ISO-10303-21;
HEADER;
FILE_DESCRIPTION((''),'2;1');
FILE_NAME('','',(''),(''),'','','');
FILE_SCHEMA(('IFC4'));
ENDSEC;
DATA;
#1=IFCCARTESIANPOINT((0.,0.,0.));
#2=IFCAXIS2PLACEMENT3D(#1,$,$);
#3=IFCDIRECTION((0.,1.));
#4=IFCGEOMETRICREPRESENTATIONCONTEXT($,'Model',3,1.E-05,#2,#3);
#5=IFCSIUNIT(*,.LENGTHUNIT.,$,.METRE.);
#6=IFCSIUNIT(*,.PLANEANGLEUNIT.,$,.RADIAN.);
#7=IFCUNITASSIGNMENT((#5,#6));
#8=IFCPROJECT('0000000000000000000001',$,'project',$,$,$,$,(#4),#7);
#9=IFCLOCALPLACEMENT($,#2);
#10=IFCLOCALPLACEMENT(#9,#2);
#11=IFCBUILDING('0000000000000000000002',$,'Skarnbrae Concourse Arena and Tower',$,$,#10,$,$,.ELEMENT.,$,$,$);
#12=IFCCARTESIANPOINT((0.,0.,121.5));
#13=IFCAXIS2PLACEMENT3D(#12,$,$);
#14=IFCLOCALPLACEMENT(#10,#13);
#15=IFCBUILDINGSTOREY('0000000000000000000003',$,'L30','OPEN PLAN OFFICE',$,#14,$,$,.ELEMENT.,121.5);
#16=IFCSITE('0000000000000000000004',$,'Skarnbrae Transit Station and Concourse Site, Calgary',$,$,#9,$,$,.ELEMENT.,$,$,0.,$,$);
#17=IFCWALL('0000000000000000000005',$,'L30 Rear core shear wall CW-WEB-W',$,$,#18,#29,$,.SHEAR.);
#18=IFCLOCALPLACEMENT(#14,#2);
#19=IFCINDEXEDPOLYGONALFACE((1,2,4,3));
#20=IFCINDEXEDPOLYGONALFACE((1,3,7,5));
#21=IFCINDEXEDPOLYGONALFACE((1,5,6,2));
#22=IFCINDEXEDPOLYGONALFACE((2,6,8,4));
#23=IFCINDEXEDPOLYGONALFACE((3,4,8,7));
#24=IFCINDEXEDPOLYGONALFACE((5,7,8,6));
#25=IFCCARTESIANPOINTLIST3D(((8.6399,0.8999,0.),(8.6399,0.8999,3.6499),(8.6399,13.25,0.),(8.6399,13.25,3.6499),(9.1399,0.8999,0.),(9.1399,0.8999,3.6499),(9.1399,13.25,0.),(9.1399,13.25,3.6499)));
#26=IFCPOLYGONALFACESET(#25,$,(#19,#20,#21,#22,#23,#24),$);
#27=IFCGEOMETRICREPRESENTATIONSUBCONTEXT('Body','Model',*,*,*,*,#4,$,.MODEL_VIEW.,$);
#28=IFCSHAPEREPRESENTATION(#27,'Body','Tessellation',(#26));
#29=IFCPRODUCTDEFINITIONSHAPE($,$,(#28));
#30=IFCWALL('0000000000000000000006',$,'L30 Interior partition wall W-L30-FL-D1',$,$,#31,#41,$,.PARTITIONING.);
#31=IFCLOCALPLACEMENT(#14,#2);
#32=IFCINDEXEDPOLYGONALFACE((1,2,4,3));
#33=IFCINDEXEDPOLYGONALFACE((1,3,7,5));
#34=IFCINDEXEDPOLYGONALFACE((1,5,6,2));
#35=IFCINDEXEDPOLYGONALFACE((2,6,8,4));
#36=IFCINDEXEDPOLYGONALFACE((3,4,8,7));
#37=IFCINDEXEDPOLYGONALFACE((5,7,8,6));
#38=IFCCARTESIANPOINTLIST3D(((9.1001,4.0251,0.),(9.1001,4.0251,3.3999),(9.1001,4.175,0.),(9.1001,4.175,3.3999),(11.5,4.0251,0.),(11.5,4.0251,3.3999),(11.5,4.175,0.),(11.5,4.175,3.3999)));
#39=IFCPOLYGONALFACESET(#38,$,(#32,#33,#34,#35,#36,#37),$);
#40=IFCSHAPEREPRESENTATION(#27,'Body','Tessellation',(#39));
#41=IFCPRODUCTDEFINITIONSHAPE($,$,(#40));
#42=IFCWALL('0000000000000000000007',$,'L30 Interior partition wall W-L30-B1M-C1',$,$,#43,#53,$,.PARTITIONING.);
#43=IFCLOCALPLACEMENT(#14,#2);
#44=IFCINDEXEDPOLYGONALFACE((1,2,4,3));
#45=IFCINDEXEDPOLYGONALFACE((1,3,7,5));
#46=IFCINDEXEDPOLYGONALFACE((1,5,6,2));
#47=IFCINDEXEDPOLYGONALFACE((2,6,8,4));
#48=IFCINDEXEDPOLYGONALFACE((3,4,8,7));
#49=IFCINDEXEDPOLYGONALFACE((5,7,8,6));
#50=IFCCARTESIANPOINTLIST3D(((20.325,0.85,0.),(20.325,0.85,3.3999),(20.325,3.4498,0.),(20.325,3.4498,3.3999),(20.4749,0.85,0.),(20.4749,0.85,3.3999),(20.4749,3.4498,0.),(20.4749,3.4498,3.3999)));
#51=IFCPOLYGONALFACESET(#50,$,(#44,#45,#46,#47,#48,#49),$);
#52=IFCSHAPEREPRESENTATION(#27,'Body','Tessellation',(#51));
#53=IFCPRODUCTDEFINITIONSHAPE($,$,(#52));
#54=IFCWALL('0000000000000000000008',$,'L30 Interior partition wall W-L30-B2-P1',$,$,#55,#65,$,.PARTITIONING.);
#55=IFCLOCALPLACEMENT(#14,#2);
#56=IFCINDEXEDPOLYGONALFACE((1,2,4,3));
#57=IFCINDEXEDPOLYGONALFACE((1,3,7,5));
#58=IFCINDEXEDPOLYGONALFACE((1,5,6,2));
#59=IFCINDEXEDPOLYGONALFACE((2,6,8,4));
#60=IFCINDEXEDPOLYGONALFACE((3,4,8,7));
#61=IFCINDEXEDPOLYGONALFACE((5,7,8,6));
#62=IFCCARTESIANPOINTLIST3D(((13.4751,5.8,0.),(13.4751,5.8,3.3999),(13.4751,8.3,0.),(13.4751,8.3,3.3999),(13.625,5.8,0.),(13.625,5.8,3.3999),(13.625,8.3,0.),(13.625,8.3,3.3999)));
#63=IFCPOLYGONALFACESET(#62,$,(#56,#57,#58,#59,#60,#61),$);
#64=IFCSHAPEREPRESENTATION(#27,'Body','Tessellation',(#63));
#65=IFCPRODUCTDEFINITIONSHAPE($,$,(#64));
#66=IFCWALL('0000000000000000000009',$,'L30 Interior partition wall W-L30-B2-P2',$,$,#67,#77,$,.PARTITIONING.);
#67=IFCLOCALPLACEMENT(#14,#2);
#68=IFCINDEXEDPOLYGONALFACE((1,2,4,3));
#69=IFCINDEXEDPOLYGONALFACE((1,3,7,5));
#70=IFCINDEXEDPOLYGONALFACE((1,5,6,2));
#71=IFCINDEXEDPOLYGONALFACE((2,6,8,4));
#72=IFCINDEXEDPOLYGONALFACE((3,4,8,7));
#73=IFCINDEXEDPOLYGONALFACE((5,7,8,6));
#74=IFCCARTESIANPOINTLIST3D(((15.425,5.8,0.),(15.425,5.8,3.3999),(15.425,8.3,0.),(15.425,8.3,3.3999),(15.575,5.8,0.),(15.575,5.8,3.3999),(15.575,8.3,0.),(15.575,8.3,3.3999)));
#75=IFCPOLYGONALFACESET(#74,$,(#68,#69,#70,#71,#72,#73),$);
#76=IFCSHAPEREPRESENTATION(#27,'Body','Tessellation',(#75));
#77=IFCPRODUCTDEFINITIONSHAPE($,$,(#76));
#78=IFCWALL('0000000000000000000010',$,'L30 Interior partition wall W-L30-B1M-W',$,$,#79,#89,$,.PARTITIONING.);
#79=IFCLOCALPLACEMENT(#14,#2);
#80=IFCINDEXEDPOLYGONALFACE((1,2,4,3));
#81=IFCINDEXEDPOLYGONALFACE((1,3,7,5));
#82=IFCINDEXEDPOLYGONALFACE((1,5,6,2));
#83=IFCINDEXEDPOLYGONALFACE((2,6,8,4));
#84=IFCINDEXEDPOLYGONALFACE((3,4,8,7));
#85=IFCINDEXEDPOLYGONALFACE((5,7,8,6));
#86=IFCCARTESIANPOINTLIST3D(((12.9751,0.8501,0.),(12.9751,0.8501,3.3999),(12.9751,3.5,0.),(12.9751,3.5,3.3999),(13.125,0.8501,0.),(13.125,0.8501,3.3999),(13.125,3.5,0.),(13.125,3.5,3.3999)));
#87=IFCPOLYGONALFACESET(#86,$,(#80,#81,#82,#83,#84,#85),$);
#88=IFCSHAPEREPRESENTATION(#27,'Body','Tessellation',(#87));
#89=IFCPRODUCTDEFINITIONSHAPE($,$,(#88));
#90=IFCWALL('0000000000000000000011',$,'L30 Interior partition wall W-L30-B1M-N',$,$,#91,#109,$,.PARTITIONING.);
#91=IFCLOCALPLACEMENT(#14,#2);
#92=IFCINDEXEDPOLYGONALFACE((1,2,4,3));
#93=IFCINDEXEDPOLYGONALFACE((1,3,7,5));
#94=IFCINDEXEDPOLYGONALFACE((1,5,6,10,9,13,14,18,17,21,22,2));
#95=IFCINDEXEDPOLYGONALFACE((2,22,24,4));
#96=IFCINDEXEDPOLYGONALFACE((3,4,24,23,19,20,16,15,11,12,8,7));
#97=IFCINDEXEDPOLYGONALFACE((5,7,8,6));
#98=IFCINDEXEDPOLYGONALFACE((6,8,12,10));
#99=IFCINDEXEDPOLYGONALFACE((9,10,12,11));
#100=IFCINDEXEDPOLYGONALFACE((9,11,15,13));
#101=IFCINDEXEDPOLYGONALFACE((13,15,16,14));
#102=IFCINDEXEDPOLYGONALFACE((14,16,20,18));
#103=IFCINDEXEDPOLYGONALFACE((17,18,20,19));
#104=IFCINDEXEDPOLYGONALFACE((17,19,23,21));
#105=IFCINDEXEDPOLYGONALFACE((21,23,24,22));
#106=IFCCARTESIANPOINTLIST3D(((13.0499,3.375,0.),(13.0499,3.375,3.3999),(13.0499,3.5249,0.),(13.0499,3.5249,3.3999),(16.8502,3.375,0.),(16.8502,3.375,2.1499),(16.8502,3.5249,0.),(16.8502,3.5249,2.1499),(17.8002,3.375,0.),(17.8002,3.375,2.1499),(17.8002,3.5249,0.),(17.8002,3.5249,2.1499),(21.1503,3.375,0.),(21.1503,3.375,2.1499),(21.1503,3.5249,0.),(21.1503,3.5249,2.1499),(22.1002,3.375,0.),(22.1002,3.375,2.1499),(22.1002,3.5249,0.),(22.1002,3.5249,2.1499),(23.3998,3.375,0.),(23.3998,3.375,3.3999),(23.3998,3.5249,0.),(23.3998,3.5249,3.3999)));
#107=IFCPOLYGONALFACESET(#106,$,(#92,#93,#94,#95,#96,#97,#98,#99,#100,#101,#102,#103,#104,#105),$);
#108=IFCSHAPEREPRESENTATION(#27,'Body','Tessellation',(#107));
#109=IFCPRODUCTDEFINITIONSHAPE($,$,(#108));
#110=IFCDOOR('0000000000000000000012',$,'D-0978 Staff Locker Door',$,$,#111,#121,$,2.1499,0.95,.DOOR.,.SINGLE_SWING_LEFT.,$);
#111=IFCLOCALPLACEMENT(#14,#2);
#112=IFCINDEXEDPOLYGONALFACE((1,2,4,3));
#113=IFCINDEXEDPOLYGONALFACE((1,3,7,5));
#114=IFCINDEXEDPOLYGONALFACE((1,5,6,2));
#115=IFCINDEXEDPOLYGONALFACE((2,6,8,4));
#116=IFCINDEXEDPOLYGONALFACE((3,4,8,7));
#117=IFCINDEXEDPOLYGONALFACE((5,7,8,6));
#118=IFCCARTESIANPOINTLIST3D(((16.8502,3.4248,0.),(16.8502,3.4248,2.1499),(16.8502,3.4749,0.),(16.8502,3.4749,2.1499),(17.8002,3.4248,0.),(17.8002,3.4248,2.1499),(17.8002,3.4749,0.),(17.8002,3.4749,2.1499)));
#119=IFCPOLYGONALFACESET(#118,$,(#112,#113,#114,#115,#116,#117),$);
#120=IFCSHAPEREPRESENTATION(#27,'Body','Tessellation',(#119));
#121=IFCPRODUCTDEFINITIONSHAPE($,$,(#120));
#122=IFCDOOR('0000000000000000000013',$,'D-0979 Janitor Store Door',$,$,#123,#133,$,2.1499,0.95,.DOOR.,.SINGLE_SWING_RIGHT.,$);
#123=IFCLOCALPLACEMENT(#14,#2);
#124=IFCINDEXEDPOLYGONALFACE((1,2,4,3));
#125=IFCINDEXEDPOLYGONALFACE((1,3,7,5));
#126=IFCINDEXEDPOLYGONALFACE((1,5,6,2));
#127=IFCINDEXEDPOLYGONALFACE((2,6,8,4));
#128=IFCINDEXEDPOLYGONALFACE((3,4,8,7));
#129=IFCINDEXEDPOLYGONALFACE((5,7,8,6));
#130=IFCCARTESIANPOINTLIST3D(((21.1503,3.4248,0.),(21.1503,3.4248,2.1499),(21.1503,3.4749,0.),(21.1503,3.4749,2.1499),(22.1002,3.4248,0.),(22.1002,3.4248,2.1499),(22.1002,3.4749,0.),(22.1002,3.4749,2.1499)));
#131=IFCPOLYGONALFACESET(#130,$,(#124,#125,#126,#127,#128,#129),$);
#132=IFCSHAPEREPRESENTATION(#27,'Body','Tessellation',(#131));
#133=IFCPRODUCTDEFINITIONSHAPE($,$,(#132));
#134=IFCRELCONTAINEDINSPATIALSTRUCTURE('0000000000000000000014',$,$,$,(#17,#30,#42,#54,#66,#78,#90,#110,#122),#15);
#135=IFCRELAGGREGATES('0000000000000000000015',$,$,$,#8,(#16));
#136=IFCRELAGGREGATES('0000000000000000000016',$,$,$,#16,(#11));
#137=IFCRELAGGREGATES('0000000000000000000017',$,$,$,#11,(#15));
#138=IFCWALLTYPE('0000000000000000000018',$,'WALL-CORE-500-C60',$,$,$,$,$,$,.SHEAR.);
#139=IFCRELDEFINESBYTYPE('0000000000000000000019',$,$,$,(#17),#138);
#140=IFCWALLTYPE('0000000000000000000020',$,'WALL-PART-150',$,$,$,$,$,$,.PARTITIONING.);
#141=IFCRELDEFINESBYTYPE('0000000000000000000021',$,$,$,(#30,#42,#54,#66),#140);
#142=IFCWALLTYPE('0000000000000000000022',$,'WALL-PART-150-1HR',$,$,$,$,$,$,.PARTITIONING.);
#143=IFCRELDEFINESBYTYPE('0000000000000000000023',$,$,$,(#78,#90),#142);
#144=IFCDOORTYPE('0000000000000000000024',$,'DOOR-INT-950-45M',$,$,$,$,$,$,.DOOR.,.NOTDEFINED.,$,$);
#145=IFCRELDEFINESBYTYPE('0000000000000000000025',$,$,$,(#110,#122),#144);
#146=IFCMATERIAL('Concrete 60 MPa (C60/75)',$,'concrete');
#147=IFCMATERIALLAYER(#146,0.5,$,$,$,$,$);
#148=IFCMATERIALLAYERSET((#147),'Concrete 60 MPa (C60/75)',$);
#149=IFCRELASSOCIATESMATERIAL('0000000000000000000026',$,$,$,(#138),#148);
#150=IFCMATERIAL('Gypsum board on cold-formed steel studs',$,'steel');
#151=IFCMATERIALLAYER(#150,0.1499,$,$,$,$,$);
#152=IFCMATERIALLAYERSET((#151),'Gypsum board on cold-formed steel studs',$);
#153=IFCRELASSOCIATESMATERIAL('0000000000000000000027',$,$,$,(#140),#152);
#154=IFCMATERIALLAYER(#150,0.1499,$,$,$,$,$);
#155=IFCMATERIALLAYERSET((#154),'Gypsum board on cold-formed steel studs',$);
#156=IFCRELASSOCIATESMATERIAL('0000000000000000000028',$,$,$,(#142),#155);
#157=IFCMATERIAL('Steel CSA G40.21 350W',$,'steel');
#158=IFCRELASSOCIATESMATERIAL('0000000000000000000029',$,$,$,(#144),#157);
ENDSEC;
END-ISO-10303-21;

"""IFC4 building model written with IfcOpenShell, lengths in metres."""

from ifc_helpers import new_model, si_unit, direction, frame, frame_2d, origin, place, context, subcontext, project, spatial, rectangle, extrude, source, transform, mapped, material, layer, layer_set, type_object, element, fill, save


model = new_model("IFC4")

# Units and contexts
model_context = context("Model", 3, precision=1e-05, world=origin(), true_north=direction((0.0, 1.0)))
body_context = subcontext(model_context, "Body", "Model", "MODEL_VIEW")
ifc_project = project(units=[si_unit("LENGTHUNIT", "METRE"), si_unit("PLANEANGLEUNIT", "RADIAN")], contexts=[model_context])

# Site, building, storey
site_placement = place(None, origin())
site = spatial("IfcSite", under=ifc_project, at=site_placement, Name="Skarnbrae Transit Station and Concourse Site, Calgary", CompositionType="ELEMENT", RefElevation=0.0)
building_placement = place(site_placement, origin())
building = spatial("IfcBuilding", under=site, at=building_placement, Name="Skarnbrae Concourse Arena and Tower", CompositionType="ELEMENT")
storey_placement = place(building_placement, frame((0.0, 0.0, 121.5)))
storey = spatial("IfcBuildingStorey", under=building, at=storey_placement, Name="L30", Description="OPEN PLAN OFFICE", CompositionType="ELEMENT", Elevation=121.5)

# Wall
ifc_material_1 = material(Name="Concrete 60 MPa (C60/75)", Category="concrete")
ifc_layer_1 = layer(ifc_material_1, 0.5)
ifc_layer_set_1 = layer_set([ifc_layer_1], Name="Concrete 60 MPa (C60/75)")
wall_type_1 = type_object("IfcWallType", Name="WALL-CORE-500-C60", PredefinedType="SHEAR", material=ifc_layer_set_1)
shared_shape_1 = source(origin(), body_context, "Body", "SweptSolid", [
    extrude(rectangle(XDim=12.3501, YDim=0.5, at=frame_2d((6.175, 0.0))), origin(), (0.0, 0.0, 1.0), 3.6499),
])
wall_1_placement = place(storey_placement, frame((8.8899, 0.8999, 0.0), z_axis=(0.0, 0.0, 1.0), x_axis=(0.0, 1.0, 0.0)))
element("IfcWall", 1, at=wall_1_placement, inside=storey, type_object=wall_type_1, Name="L30 Rear core shear wall CW-WEB-W", PredefinedType="SHEAR", context=body_context, shape_type="MappedRepresentation", body=[
    mapped(shared_shape_1, transform((0.0, 0.0, 0.0))),
])

# Shared definitions
ifc_material_2 = material(Name="Gypsum board on cold-formed steel studs", Category="steel")
ifc_material_3 = material(Name="Steel CSA G40.21 350W", Category="steel")

# Walls
ifc_layer_2 = layer(ifc_material_2, 0.1499)
ifc_layer_set_2 = layer_set([ifc_layer_2], Name="Gypsum board on cold-formed steel studs")
wall_type_2 = type_object("IfcWallType", Name="WALL-PART-150", PredefinedType="PARTITIONING", material=ifc_layer_set_2)
shared_shape_2 = source(origin(), body_context, "Body", "SweptSolid", [
    extrude(rectangle(XDim=2.3999, YDim=0.1499, at=frame_2d((1.2, 0.0))), origin(), (0.0, 0.0, 1.0), 3.3999),
])
wall_2_placement = place(storey_placement, frame((9.1001, 4.1001, 0.0), z_axis=(0.0, 0.0, 1.0), x_axis=(1.0, 0.0, 0.0)))
element("IfcWall", 2, at=wall_2_placement, inside=storey, type_object=wall_type_2, Name="L30 Interior partition wall W-L30-FL-D1", PredefinedType="PARTITIONING", context=body_context, shape_type="MappedRepresentation", body=[
    mapped(shared_shape_2, transform((0.0, 0.0, 0.0))),
])
shared_shape_3 = source(origin(), body_context, "Body", "SweptSolid", [
    extrude(rectangle(XDim=2.5999, YDim=0.1499, at=frame_2d((1.2998, 0.0))), origin(), (0.0, 0.0, 1.0), 3.3999),
])
wall_3_placement = place(storey_placement, frame((20.3999, 0.8501, 0.0), z_axis=(0.0, 0.0, 1.0), x_axis=(0.0, 1.0, 0.0)))
element("IfcWall", 3, at=wall_3_placement, inside=storey, type_object=wall_type_2, Name="L30 Interior partition wall W-L30-B1M-C1", PredefinedType="PARTITIONING", context=body_context, shape_type="MappedRepresentation", body=[
    mapped(shared_shape_3, transform((0.0, 0.0, 0.0))),
])

# Walls
shared_shape_4 = source(origin(), body_context, "Body", "SweptSolid", [
    extrude(rectangle(XDim=2.5, YDim=0.1499, at=frame_2d((1.25, 0.0))), origin(), (0.0, 0.0, 1.0), 3.3999),
])
for number, where, z_axis, x_axis, name in (
    (4, (13.55, 5.8, 0.0), (0.0, 0.0, 1.0), (0.0, 1.0, 0.0), "L30 Interior partition wall W-L30-B2-P1"),
    (5, (15.5, 5.8, 0.0), (0.0, 0.0, 1.0), (0.0, 1.0, 0.0), "L30 Interior partition wall W-L30-B2-P2"),
):
    element("IfcWall", number, at=place(storey_placement, frame(where, z_axis=z_axis, x_axis=x_axis)), inside=storey, type_object=wall_type_2, Name=name, PredefinedType="PARTITIONING", context=body_context, shape_type="MappedRepresentation", body=[
        mapped(shared_shape_4, transform((0.0, 0.0, 0.0))),
    ])
ifc_layer_3 = layer(ifc_material_2, 0.1499)
ifc_layer_set_3 = layer_set([ifc_layer_3], Name="Gypsum board on cold-formed steel studs")
wall_type_3 = type_object("IfcWallType", Name="WALL-PART-150-1HR", PredefinedType="PARTITIONING", material=ifc_layer_set_3)
shared_shape_5 = source(origin(), body_context, "Body", "SweptSolid", [
    extrude(rectangle(XDim=2.6499, YDim=0.1499, at=frame_2d((1.325, 0.0))), origin(), (0.0, 0.0, 1.0), 3.3999),
])
wall_4_placement = place(storey_placement, frame((13.05, 0.8501, 0.0), z_axis=(0.0, 0.0, 1.0), x_axis=(0.0, 1.0, 0.0)))
element("IfcWall", 6, at=wall_4_placement, inside=storey, type_object=wall_type_3, Name="L30 Interior partition wall W-L30-B1M-W", PredefinedType="PARTITIONING", context=body_context, shape_type="MappedRepresentation", body=[
    mapped(shared_shape_5, transform((0.0, 0.0, 0.0))),
])

# Wall, openings, doors
shared_shape_6 = source(origin(), body_context, "Body", "SweptSolid", [
    extrude(rectangle(XDim=10.3499, YDim=0.1499, at=frame_2d((5.1748, 0.0))), origin(), (0.0, 0.0, 1.0), 3.3999),
])
wall_5_placement = place(storey_placement, frame((13.05, 3.45, 0.0), z_axis=(0.0, 0.0, 1.0), x_axis=(1.0, 0.0, 0.0)))
wall_5 = element("IfcWall", 7, at=wall_5_placement, inside=storey, type_object=wall_type_3, Name="L30 Interior partition wall W-L30-B1M-N", PredefinedType="PARTITIONING", context=body_context, shape_type="MappedRepresentation", body=[
    mapped(shared_shape_6, transform((0.0, 0.0, 0.0))),
])
opening_1_placement = place(wall_5_placement, frame((3.8, 0.0, 0.0)))
opening_1 = element("IfcOpeningElement", 8, at=opening_1_placement, cuts=wall_5, PredefinedType="OPENING", context=body_context, shape_type="SweptSolid", body=[
    extrude(rectangle(XDim=0.95, YDim=2.1499, at=frame_2d((0.4751, 1.075))), frame((0.0, 0.085, 0.0), z_axis=(0.0, -1.0, 0.0), x_axis=(1.0, 0.0, 0.0)), (0.0, 0.0, 1.0), 0.1699),
])
opening_2_placement = place(wall_5_placement, frame((8.1001, 0.0, 0.0)))
opening_2 = element("IfcOpeningElement", 9, at=opening_2_placement, cuts=wall_5, PredefinedType="OPENING", context=body_context, shape_type="SweptSolid", body=[
    extrude(rectangle(XDim=0.95, YDim=2.1499, at=frame_2d((0.4751, 1.075))), frame((0.0, 0.085, 0.0), z_axis=(0.0, -1.0, 0.0), x_axis=(1.0, 0.0, 0.0)), (0.0, 0.0, 1.0), 0.1699),
])
door_type_1 = type_object("IfcDoorType", Name="DOOR-INT-950-45M", OperationType="NOTDEFINED", PredefinedType="DOOR", material=ifc_material_3)
shared_shape_7 = source(origin(), body_context, "Body", "SweptSolid", [
    extrude(rectangle(XDim=0.95, YDim=2.1499, at=frame_2d((0.4751, 1.075))), frame((0.0, 0.0249, 0.0), z_axis=(0.0, -1.0, 0.0), x_axis=(1.0, 0.0, 0.0)), (0.0, 0.0, 1.0), 0.05),
])
door_1_placement = place(opening_1_placement, origin())
door_1 = element("IfcDoor", 10, at=door_1_placement, inside=storey, type_object=door_type_1, Name="D-0978 Staff Locker Door", OperationType="SINGLE_SWING_LEFT", OverallHeight=2.1499, OverallWidth=0.95, PredefinedType="DOOR", context=body_context, shape_type="MappedRepresentation", body=[
    mapped(shared_shape_7, transform((0.0, 0.0, 0.0))),
])
fill(opening_1, door_1)
door_2_placement = place(opening_2_placement, origin())
door_2 = element("IfcDoor", 11, at=door_2_placement, inside=storey, type_object=door_type_1, Name="D-0979 Janitor Store Door", OperationType="SINGLE_SWING_RIGHT", OverallHeight=2.1499, OverallWidth=0.95, PredefinedType="DOOR", context=body_context, shape_type="MappedRepresentation", body=[
    mapped(shared_shape_7, transform((0.0, 0.0, 0.0))),
])
fill(opening_2, door_2)

save(model, "model.ifc")
